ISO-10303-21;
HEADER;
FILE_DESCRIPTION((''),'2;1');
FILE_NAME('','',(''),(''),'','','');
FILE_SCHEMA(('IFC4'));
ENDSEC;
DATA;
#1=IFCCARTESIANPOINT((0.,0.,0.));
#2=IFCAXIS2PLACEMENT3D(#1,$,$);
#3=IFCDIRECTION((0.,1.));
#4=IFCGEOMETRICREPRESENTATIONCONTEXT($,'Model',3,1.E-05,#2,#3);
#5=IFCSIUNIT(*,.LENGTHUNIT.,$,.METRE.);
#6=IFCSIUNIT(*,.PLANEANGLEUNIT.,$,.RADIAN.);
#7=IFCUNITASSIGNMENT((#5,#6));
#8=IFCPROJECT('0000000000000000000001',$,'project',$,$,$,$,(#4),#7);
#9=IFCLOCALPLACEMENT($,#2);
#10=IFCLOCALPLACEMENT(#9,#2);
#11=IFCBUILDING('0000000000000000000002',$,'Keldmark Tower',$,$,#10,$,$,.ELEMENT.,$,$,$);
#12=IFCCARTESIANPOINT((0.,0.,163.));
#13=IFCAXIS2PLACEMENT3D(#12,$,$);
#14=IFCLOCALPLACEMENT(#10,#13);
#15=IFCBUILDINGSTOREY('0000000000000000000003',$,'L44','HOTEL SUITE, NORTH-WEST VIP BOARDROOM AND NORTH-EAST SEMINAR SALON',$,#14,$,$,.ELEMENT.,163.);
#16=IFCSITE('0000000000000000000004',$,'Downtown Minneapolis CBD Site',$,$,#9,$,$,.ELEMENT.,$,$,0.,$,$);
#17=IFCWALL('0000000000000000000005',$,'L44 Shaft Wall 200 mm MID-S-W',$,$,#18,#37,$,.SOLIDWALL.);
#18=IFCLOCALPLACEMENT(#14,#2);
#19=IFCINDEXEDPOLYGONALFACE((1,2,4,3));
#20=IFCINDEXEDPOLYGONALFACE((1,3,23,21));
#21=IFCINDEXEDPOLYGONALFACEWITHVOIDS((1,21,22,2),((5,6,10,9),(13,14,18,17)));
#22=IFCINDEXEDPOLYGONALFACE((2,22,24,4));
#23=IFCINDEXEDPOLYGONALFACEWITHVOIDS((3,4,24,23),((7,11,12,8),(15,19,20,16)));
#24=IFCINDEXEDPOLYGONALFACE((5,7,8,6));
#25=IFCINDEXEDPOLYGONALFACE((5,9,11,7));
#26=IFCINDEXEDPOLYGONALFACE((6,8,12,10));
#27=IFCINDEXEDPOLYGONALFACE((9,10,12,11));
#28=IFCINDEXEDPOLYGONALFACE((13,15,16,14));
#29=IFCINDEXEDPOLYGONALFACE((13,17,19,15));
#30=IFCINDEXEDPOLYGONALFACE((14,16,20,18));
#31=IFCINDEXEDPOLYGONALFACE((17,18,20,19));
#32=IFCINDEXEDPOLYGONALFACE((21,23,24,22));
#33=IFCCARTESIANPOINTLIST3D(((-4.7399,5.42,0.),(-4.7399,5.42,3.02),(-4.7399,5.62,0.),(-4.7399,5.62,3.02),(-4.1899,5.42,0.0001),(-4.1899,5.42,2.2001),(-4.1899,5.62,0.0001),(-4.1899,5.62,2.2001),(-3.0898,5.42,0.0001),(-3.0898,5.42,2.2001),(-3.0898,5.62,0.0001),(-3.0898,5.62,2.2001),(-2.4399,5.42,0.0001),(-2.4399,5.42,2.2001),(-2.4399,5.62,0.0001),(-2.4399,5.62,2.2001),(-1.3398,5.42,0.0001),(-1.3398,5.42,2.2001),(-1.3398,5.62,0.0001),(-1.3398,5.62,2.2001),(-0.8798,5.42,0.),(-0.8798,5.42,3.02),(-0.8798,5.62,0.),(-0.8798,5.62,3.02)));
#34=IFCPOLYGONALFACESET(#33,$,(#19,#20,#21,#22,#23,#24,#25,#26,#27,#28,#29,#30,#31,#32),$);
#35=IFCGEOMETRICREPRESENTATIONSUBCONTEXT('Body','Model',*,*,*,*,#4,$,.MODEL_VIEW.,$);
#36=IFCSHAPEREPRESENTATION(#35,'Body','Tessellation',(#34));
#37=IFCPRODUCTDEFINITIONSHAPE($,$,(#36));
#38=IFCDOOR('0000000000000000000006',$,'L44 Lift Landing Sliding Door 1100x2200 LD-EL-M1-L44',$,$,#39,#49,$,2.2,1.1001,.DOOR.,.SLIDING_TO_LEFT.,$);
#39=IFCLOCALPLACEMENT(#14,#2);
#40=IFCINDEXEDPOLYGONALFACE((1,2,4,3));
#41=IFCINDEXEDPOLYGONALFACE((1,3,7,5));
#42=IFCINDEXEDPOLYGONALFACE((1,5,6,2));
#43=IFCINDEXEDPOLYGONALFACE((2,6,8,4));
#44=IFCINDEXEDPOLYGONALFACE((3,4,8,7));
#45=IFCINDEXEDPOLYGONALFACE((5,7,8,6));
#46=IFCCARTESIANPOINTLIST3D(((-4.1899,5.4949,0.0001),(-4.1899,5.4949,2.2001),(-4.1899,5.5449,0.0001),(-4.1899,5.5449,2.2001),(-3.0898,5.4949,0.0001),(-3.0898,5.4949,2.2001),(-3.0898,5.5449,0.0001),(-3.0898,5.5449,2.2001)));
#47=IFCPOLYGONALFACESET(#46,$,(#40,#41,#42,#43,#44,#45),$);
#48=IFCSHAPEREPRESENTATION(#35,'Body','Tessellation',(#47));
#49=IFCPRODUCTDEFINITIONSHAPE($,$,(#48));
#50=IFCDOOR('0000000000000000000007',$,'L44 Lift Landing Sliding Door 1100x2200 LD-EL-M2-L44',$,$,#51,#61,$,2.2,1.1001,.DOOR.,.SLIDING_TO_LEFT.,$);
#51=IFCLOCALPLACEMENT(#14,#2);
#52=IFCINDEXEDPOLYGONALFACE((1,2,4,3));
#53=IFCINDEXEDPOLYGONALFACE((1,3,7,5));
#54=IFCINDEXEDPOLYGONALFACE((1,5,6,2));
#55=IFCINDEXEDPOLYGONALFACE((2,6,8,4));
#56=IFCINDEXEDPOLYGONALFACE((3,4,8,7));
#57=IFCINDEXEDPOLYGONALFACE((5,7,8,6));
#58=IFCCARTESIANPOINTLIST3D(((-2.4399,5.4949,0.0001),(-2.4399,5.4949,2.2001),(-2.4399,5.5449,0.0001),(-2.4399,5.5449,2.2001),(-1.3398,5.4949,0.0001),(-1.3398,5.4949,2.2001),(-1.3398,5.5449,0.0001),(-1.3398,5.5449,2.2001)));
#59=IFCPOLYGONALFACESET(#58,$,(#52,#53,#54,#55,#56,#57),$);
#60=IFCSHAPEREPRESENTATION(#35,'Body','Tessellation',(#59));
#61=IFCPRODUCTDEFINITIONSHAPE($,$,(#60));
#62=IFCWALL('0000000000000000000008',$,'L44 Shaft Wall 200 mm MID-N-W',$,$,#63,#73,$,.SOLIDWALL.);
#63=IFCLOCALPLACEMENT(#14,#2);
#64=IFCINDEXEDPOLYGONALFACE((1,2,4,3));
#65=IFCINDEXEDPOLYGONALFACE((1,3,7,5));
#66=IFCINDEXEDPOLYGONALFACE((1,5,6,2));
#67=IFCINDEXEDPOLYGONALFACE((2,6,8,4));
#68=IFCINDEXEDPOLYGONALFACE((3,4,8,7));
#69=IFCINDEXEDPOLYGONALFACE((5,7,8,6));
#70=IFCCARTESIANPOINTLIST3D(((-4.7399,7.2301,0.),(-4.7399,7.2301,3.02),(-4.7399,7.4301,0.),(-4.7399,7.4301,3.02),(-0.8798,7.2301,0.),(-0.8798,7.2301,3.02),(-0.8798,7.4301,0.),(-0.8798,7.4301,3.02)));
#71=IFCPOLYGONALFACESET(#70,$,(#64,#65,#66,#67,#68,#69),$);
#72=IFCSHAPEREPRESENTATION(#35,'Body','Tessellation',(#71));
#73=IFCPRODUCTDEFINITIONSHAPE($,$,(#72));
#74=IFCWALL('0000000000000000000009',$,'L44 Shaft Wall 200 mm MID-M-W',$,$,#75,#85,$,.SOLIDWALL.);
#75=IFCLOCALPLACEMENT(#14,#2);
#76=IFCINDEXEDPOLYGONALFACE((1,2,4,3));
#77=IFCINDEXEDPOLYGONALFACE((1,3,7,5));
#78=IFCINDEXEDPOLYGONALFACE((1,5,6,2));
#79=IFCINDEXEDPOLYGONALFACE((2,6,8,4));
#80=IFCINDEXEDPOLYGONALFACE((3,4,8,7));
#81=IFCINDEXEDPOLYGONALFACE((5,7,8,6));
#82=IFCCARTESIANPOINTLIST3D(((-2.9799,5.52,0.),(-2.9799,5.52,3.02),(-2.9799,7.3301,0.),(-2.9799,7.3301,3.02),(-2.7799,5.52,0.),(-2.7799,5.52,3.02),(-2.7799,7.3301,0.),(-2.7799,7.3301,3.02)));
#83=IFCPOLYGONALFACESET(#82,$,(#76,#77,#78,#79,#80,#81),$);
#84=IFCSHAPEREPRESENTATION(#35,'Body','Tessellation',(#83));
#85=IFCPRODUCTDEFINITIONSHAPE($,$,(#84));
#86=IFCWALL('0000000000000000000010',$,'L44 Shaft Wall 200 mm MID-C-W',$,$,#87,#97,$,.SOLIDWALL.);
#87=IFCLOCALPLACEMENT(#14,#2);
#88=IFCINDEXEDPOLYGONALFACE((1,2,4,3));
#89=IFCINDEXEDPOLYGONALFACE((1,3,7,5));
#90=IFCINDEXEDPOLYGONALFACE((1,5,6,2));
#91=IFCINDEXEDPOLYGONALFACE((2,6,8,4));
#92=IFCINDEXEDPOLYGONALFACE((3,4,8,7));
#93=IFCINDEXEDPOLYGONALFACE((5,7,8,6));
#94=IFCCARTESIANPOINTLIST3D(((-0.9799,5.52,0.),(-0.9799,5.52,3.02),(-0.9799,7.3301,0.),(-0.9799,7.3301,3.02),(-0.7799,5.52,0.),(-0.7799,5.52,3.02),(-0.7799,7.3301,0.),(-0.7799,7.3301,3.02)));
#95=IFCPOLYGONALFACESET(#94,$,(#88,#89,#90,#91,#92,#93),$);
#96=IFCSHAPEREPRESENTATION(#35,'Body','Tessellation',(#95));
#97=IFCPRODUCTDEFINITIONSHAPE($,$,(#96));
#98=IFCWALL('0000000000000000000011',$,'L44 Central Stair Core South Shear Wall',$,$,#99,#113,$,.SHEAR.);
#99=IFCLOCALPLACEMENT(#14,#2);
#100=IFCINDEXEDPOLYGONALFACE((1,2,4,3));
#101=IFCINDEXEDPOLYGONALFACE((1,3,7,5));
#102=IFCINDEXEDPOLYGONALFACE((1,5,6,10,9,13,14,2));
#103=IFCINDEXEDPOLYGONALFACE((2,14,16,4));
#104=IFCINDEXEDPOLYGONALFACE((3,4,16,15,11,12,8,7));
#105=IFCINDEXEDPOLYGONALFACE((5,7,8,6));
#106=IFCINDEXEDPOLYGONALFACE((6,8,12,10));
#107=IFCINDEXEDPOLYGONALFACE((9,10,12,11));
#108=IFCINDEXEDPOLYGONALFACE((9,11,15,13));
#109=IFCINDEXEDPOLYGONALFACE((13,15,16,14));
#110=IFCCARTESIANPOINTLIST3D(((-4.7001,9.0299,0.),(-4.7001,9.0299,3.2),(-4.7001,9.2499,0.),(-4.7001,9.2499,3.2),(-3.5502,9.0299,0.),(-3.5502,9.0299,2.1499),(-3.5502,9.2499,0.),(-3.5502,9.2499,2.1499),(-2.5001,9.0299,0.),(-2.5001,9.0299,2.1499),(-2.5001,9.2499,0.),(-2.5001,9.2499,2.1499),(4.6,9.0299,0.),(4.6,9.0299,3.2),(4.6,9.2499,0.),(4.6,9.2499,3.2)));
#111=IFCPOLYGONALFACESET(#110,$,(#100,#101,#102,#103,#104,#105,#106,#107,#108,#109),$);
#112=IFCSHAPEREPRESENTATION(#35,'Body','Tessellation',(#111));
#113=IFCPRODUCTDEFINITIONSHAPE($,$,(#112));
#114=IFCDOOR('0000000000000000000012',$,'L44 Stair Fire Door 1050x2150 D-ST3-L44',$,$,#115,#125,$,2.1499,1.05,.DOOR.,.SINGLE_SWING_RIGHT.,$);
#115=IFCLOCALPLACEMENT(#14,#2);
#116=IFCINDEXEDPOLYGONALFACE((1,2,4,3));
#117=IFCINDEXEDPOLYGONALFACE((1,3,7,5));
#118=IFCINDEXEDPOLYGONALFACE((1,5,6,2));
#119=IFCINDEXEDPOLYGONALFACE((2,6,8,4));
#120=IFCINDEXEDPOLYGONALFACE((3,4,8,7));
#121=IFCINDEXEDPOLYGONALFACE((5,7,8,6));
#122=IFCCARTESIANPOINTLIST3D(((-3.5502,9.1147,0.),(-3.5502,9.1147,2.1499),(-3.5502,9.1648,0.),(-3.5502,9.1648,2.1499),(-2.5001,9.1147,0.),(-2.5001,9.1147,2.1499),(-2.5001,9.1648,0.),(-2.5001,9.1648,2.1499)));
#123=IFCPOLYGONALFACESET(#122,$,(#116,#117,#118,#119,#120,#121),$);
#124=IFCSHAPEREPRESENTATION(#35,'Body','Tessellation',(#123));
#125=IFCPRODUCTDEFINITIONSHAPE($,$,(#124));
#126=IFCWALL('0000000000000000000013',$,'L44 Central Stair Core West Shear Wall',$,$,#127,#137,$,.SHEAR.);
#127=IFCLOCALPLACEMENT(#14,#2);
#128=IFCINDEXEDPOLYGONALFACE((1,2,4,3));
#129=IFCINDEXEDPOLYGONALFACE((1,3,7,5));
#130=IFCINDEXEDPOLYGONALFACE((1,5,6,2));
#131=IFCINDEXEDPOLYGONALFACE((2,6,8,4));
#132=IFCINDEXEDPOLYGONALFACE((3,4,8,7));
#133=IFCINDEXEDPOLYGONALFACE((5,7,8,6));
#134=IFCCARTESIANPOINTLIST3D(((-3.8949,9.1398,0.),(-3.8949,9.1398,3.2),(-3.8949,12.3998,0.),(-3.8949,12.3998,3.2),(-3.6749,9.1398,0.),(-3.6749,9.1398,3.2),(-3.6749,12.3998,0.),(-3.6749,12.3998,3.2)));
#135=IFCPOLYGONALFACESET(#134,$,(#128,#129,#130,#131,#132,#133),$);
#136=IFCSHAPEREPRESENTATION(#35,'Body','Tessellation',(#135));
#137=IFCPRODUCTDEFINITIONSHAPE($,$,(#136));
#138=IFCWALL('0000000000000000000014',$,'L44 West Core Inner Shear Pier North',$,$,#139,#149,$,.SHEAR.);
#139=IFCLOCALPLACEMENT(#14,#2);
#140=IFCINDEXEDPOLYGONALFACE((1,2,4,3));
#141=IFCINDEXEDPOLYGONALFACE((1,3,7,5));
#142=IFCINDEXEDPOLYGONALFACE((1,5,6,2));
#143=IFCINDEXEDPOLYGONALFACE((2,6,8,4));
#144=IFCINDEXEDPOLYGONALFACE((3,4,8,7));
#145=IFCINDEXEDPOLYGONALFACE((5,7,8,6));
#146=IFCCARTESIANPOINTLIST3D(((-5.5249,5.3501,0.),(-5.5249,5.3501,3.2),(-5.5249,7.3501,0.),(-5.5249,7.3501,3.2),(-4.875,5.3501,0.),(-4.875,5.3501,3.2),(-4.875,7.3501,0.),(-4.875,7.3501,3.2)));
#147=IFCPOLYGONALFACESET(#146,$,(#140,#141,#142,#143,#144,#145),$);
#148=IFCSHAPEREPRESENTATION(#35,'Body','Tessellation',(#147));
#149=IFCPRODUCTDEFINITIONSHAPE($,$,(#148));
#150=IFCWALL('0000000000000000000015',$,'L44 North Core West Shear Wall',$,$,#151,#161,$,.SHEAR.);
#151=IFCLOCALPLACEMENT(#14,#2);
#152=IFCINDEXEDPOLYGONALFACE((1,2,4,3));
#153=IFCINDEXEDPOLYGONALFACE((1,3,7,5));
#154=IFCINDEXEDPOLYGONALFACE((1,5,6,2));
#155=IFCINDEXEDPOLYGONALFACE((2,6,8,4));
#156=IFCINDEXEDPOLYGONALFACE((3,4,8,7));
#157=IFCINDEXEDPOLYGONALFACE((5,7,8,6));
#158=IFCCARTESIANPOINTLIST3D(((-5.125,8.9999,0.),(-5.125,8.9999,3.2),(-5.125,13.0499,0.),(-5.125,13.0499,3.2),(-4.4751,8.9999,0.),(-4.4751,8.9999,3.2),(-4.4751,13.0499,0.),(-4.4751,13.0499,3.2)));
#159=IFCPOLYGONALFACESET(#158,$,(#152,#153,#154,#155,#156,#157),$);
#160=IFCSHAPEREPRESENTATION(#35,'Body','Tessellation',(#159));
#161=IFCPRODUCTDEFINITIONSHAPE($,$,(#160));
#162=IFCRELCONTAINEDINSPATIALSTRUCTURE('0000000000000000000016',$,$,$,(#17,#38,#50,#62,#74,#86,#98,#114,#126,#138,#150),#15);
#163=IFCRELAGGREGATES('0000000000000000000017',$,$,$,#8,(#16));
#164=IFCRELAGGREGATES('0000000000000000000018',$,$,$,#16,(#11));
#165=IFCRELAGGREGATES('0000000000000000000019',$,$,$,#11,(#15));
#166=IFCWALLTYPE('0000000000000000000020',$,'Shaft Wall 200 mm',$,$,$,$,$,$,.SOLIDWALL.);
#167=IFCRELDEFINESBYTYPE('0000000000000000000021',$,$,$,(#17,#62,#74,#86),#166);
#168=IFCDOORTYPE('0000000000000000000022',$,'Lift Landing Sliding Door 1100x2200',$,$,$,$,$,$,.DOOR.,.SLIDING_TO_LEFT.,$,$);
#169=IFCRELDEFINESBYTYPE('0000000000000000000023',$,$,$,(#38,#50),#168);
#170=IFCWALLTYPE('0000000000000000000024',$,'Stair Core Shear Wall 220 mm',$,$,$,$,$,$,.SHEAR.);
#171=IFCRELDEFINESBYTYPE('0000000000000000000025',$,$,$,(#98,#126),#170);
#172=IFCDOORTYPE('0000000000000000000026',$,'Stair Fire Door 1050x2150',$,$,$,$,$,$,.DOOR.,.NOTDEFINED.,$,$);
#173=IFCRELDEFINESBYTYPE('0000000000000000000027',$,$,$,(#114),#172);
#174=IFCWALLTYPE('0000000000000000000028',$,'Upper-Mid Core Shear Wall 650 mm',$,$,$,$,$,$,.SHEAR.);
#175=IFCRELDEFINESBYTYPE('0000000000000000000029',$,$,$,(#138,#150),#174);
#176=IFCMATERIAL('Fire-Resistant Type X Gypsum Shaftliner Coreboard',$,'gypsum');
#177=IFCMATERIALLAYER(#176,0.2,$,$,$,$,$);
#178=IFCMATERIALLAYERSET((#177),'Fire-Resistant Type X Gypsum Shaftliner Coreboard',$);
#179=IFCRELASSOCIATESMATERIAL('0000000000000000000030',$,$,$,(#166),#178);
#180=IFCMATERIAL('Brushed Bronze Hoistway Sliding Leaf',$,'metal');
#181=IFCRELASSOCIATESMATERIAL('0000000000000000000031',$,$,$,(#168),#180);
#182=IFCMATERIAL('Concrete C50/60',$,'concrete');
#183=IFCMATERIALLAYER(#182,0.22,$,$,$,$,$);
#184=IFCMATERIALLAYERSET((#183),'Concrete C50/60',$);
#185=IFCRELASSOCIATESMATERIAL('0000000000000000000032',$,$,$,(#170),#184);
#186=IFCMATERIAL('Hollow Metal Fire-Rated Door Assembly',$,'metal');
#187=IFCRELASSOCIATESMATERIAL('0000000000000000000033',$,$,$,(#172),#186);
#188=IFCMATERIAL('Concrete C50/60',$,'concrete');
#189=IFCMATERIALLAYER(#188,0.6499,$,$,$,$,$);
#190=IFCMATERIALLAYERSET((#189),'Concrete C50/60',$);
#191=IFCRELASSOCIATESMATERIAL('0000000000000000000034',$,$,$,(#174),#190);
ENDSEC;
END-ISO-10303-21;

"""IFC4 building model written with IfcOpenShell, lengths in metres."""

from ifc_helpers import new_model, si_unit, direction, frame, frame_2d, origin, place, context, subcontext, project, spatial, rectangle, extrude, material, layer, layer_set, type_object, element, fill, save


model = new_model("IFC4")

# Units and contexts
model_context = context("Model", 3, precision=1e-05, world=origin(), true_north=direction((0.0, 1.0)))
body_context = subcontext(model_context, "Body", "Model", "MODEL_VIEW")
ifc_project = project(units=[si_unit("LENGTHUNIT", "METRE"), si_unit("PLANEANGLEUNIT", "RADIAN")], contexts=[model_context])

# Site, building, storey
site_placement = place(None, origin())
site = spatial("IfcSite", under=ifc_project, at=site_placement, Name="Downtown Minneapolis CBD Site", CompositionType="ELEMENT", RefElevation=0.0)
building_placement = place(site_placement, origin())
building = spatial("IfcBuilding", under=site, at=building_placement, Name="Keldmark Tower", CompositionType="ELEMENT")
storey_placement = place(building_placement, frame((0.0, 0.0, 163.0)))
storey = spatial("IfcBuildingStorey", under=building, at=storey_placement, Name="L44", Description="HOTEL SUITE, NORTH-WEST VIP BOARDROOM AND NORTH-EAST SEMINAR SALON", CompositionType="ELEMENT", Elevation=163.0)

# Wall, openings, doors
ifc_material_1 = material(Name="Fire-Resistant Type X Gypsum Shaftliner Coreboard", Category="gypsum")
ifc_layer_1 = layer(ifc_material_1, 0.2)
ifc_layer_set_1 = layer_set([ifc_layer_1], Name="Fire-Resistant Type X Gypsum Shaftliner Coreboard")
wall_type_1 = type_object("IfcWallType", Name="Shaft Wall 200 mm", PredefinedType="SOLIDWALL", material=ifc_layer_set_1)
wall_1_placement = place(storey_placement, frame((-4.74, 5.52, 0.0), z_axis=(0.0, 0.0, 1.0), x_axis=(1.0, 0.0, 0.0)))
wall_1 = element("IfcWall", 1, at=wall_1_placement, inside=storey, type_object=wall_type_1, Name="L44 Shaft Wall 200 mm MID-S-W", PredefinedType="SOLIDWALL", context=body_context, shape_type="SweptSolid", body=[
    extrude(rectangle(XDim=3.8601, YDim=0.2, at=frame_2d((1.9302, 0.0))), origin(), (0.0, 0.0, 1.0), 3.02),
])
opening_1_placement = place(wall_1_placement, frame((0.55, 0.0, 0.0)))
opening_1 = element("IfcOpeningElement", 2, at=opening_1_placement, cuts=wall_1, PredefinedType="OPENING", context=body_context, shape_type="SweptSolid", body=[
    extrude(rectangle(XDim=1.1001, YDim=2.2, at=frame_2d((0.55, 1.1001))), frame((0.0, 0.1099, 0.0), z_axis=(0.0, -1.0, 0.0), x_axis=(1.0, 0.0, 0.0)), (0.0, 0.0, 1.0), 0.22),
])
opening_2_placement = place(wall_1_placement, frame((2.3, 0.0, 0.0)))
opening_2 = element("IfcOpeningElement", 3, at=opening_2_placement, cuts=wall_1, PredefinedType="OPENING", context=body_context, shape_type="SweptSolid", body=[
    extrude(rectangle(XDim=1.1001, YDim=2.2, at=frame_2d((0.55, 1.1001))), frame((0.0, 0.1099, 0.0), z_axis=(0.0, -1.0, 0.0), x_axis=(1.0, 0.0, 0.0)), (0.0, 0.0, 1.0), 0.22),
])
ifc_material_2 = material(Name="Brushed Bronze Hoistway Sliding Leaf", Category="metal")
door_type_1 = type_object("IfcDoorType", Name="Lift Landing Sliding Door 1100x2200", OperationType="SLIDING_TO_LEFT", PredefinedType="DOOR", material=ifc_material_2)
door_1_placement = place(opening_1_placement, origin())
door_1 = element("IfcDoor", 4, at=door_1_placement, inside=storey, type_object=door_type_1, Name="L44 Lift Landing Sliding Door 1100x2200 LD-EL-M1-L44", OperationType="SLIDING_TO_LEFT", OverallHeight=2.2, OverallWidth=1.1001, PredefinedType="DOOR", context=body_context, shape_type="SweptSolid", body=[
    extrude(rectangle(XDim=1.1001, YDim=2.2, at=frame_2d((0.55, 1.1001))), frame((0.0, 0.0249, 0.0), z_axis=(0.0, -1.0, 0.0), x_axis=(1.0, 0.0, 0.0)), (0.0, 0.0, 1.0), 0.05),
])
fill(opening_1, door_1)
door_2_placement = place(opening_2_placement, origin())
door_2 = element("IfcDoor", 5, at=door_2_placement, inside=storey, type_object=door_type_1, Name="L44 Lift Landing Sliding Door 1100x2200 LD-EL-M2-L44", OperationType="SLIDING_TO_LEFT", OverallHeight=2.2, OverallWidth=1.1001, PredefinedType="DOOR", context=body_context, shape_type="SweptSolid", body=[
    extrude(rectangle(XDim=1.1001, YDim=2.2, at=frame_2d((0.55, 1.1001))), frame((0.0, 0.0249, 0.0), z_axis=(0.0, -1.0, 0.0), x_axis=(1.0, 0.0, 0.0)), (0.0, 0.0, 1.0), 0.05),
])
fill(opening_2, door_2)

# Walls
wall_2_placement = place(storey_placement, frame((-4.74, 7.3301, 0.0), z_axis=(0.0, 0.0, 1.0), x_axis=(1.0, 0.0, 0.0)))
element("IfcWall", 6, at=wall_2_placement, inside=storey, type_object=wall_type_1, Name="L44 Shaft Wall 200 mm MID-N-W", PredefinedType="SOLIDWALL", context=body_context, shape_type="SweptSolid", body=[
    extrude(rectangle(XDim=3.8601, YDim=0.2, at=frame_2d((1.9302, 0.0))), origin(), (0.0, 0.0, 1.0), 3.02),
])
for number, where, z_axis, x_axis, name in (
    (7, (-2.8799, 5.52, 0.0), (0.0, 0.0, 1.0), (0.0, 1.0, 0.0), "L44 Shaft Wall 200 mm MID-M-W"),
    (8, (-0.8799, 5.52, 0.0), (0.0, 0.0, 1.0), (0.0, 1.0, 0.0), "L44 Shaft Wall 200 mm MID-C-W"),
):
    element("IfcWall", number, at=place(storey_placement, frame(where, z_axis=z_axis, x_axis=x_axis)), inside=storey, type_object=wall_type_1, Name=name, PredefinedType="SOLIDWALL", context=body_context, shape_type="SweptSolid", body=[
        extrude(rectangle(XDim=1.8101, YDim=0.2, at=frame_2d((0.905, 0.0))), origin(), (0.0, 0.0, 1.0), 3.02),
    ])

# Wall, opening, door
ifc_material_3 = material(Name="Concrete C50/60", Category="concrete")
ifc_layer_2 = layer(ifc_material_3, 0.22)
ifc_layer_set_2 = layer_set([ifc_layer_2], Name="Concrete C50/60")
wall_type_2 = type_object("IfcWallType", Name="Stair Core Shear Wall 220 mm", PredefinedType="SHEAR", material=ifc_layer_set_2)
wall_3_placement = place(storey_placement, frame((-4.7, 9.1399, 0.0), z_axis=(0.0, 0.0, 1.0), x_axis=(1.0, 0.0, 0.0)))
wall_3 = element("IfcWall", 9, at=wall_3_placement, inside=storey, type_object=wall_type_2, Name="L44 Central Stair Core South Shear Wall", PredefinedType="SHEAR", context=body_context, shape_type="SweptSolid", body=[
    extrude(rectangle(XDim=9.3, YDim=0.22, at=frame_2d((4.6499, 0.0))), origin(), (0.0, 0.0, 1.0), 3.2),
])
opening_3_placement = place(wall_3_placement, frame((1.1499, 0.0, 0.0)))
opening_3 = element("IfcOpeningElement", 10, at=opening_3_placement, cuts=wall_3, PredefinedType="OPENING", context=body_context, shape_type="SweptSolid", body=[
    extrude(rectangle(XDim=1.05, YDim=2.1499, at=frame_2d((0.5249, 1.075))), frame((0.0, 0.1199, 0.0), z_axis=(0.0, -1.0, 0.0), x_axis=(1.0, 0.0, 0.0)), (0.0, 0.0, 1.0), 0.24),
])
ifc_material_4 = material(Name="Hollow Metal Fire-Rated Door Assembly", Category="metal")
door_type_2 = type_object("IfcDoorType", Name="Stair Fire Door 1050x2150", OperationType="NOTDEFINED", PredefinedType="DOOR", material=ifc_material_4)
door_3_placement = place(opening_3_placement, origin())
door_3 = element("IfcDoor", 11, at=door_3_placement, inside=storey, type_object=door_type_2, Name="L44 Stair Fire Door 1050x2150 D-ST3-L44", OperationType="SINGLE_SWING_RIGHT", OverallHeight=2.1499, OverallWidth=1.05, PredefinedType="DOOR", context=body_context, shape_type="SweptSolid", body=[
    extrude(rectangle(XDim=1.05, YDim=2.1499, at=frame_2d((0.5249, 1.075))), frame((0.0, 0.0249, 0.0), z_axis=(0.0, -1.0, 0.0), x_axis=(1.0, 0.0, 0.0)), (0.0, 0.0, 1.0), 0.05),
])
fill(opening_3, door_3)

# Walls
wall_4_placement = place(storey_placement, frame((-3.7849, 9.1399, 0.0), z_axis=(0.0, 0.0, 1.0), x_axis=(0.0, 1.0, 0.0)))
element("IfcWall", 12, at=wall_4_placement, inside=storey, type_object=wall_type_2, Name="L44 Central Stair Core West Shear Wall", PredefinedType="SHEAR", context=body_context, shape_type="SweptSolid", body=[
    extrude(rectangle(XDim=3.26, YDim=0.22, at=frame_2d((1.6299, 0.0))), origin(), (0.0, 0.0, 1.0), 3.2),
])
ifc_material_5 = material(Name="Concrete C50/60", Category="concrete")
ifc_layer_3 = layer(ifc_material_5, 0.6499)
ifc_layer_set_3 = layer_set([ifc_layer_3], Name="Concrete C50/60")
wall_type_3 = type_object("IfcWallType", Name="Upper-Mid Core Shear Wall 650 mm", PredefinedType="SHEAR", material=ifc_layer_set_3)
wall_5_placement = place(storey_placement, frame((-5.2, 5.3501, 0.0), z_axis=(0.0, 0.0, 1.0), x_axis=(0.0, 1.0, 0.0)))
element("IfcWall", 13, at=wall_5_placement, inside=storey, type_object=wall_type_3, Name="L44 West Core Inner Shear Pier North", PredefinedType="SHEAR", context=body_context, shape_type="SweptSolid", body=[
    extrude(rectangle(XDim=2.0, YDim=0.6499, at=frame_2d((1.0, 0.0))), origin(), (0.0, 0.0, 1.0), 3.2),
])
wall_6_placement = place(storey_placement, frame((-4.8, 9.0, 0.0), z_axis=(0.0, 0.0, 1.0), x_axis=(0.0, 1.0, 0.0)))
element("IfcWall", 14, at=wall_6_placement, inside=storey, type_object=wall_type_3, Name="L44 North Core West Shear Wall", PredefinedType="SHEAR", context=body_context, shape_type="SweptSolid", body=[
    extrude(rectangle(XDim=4.05, YDim=0.6499, at=frame_2d((2.0249, 0.0))), origin(), (0.0, 0.0, 1.0), 3.2),
])

save(model, "model.ifc")
